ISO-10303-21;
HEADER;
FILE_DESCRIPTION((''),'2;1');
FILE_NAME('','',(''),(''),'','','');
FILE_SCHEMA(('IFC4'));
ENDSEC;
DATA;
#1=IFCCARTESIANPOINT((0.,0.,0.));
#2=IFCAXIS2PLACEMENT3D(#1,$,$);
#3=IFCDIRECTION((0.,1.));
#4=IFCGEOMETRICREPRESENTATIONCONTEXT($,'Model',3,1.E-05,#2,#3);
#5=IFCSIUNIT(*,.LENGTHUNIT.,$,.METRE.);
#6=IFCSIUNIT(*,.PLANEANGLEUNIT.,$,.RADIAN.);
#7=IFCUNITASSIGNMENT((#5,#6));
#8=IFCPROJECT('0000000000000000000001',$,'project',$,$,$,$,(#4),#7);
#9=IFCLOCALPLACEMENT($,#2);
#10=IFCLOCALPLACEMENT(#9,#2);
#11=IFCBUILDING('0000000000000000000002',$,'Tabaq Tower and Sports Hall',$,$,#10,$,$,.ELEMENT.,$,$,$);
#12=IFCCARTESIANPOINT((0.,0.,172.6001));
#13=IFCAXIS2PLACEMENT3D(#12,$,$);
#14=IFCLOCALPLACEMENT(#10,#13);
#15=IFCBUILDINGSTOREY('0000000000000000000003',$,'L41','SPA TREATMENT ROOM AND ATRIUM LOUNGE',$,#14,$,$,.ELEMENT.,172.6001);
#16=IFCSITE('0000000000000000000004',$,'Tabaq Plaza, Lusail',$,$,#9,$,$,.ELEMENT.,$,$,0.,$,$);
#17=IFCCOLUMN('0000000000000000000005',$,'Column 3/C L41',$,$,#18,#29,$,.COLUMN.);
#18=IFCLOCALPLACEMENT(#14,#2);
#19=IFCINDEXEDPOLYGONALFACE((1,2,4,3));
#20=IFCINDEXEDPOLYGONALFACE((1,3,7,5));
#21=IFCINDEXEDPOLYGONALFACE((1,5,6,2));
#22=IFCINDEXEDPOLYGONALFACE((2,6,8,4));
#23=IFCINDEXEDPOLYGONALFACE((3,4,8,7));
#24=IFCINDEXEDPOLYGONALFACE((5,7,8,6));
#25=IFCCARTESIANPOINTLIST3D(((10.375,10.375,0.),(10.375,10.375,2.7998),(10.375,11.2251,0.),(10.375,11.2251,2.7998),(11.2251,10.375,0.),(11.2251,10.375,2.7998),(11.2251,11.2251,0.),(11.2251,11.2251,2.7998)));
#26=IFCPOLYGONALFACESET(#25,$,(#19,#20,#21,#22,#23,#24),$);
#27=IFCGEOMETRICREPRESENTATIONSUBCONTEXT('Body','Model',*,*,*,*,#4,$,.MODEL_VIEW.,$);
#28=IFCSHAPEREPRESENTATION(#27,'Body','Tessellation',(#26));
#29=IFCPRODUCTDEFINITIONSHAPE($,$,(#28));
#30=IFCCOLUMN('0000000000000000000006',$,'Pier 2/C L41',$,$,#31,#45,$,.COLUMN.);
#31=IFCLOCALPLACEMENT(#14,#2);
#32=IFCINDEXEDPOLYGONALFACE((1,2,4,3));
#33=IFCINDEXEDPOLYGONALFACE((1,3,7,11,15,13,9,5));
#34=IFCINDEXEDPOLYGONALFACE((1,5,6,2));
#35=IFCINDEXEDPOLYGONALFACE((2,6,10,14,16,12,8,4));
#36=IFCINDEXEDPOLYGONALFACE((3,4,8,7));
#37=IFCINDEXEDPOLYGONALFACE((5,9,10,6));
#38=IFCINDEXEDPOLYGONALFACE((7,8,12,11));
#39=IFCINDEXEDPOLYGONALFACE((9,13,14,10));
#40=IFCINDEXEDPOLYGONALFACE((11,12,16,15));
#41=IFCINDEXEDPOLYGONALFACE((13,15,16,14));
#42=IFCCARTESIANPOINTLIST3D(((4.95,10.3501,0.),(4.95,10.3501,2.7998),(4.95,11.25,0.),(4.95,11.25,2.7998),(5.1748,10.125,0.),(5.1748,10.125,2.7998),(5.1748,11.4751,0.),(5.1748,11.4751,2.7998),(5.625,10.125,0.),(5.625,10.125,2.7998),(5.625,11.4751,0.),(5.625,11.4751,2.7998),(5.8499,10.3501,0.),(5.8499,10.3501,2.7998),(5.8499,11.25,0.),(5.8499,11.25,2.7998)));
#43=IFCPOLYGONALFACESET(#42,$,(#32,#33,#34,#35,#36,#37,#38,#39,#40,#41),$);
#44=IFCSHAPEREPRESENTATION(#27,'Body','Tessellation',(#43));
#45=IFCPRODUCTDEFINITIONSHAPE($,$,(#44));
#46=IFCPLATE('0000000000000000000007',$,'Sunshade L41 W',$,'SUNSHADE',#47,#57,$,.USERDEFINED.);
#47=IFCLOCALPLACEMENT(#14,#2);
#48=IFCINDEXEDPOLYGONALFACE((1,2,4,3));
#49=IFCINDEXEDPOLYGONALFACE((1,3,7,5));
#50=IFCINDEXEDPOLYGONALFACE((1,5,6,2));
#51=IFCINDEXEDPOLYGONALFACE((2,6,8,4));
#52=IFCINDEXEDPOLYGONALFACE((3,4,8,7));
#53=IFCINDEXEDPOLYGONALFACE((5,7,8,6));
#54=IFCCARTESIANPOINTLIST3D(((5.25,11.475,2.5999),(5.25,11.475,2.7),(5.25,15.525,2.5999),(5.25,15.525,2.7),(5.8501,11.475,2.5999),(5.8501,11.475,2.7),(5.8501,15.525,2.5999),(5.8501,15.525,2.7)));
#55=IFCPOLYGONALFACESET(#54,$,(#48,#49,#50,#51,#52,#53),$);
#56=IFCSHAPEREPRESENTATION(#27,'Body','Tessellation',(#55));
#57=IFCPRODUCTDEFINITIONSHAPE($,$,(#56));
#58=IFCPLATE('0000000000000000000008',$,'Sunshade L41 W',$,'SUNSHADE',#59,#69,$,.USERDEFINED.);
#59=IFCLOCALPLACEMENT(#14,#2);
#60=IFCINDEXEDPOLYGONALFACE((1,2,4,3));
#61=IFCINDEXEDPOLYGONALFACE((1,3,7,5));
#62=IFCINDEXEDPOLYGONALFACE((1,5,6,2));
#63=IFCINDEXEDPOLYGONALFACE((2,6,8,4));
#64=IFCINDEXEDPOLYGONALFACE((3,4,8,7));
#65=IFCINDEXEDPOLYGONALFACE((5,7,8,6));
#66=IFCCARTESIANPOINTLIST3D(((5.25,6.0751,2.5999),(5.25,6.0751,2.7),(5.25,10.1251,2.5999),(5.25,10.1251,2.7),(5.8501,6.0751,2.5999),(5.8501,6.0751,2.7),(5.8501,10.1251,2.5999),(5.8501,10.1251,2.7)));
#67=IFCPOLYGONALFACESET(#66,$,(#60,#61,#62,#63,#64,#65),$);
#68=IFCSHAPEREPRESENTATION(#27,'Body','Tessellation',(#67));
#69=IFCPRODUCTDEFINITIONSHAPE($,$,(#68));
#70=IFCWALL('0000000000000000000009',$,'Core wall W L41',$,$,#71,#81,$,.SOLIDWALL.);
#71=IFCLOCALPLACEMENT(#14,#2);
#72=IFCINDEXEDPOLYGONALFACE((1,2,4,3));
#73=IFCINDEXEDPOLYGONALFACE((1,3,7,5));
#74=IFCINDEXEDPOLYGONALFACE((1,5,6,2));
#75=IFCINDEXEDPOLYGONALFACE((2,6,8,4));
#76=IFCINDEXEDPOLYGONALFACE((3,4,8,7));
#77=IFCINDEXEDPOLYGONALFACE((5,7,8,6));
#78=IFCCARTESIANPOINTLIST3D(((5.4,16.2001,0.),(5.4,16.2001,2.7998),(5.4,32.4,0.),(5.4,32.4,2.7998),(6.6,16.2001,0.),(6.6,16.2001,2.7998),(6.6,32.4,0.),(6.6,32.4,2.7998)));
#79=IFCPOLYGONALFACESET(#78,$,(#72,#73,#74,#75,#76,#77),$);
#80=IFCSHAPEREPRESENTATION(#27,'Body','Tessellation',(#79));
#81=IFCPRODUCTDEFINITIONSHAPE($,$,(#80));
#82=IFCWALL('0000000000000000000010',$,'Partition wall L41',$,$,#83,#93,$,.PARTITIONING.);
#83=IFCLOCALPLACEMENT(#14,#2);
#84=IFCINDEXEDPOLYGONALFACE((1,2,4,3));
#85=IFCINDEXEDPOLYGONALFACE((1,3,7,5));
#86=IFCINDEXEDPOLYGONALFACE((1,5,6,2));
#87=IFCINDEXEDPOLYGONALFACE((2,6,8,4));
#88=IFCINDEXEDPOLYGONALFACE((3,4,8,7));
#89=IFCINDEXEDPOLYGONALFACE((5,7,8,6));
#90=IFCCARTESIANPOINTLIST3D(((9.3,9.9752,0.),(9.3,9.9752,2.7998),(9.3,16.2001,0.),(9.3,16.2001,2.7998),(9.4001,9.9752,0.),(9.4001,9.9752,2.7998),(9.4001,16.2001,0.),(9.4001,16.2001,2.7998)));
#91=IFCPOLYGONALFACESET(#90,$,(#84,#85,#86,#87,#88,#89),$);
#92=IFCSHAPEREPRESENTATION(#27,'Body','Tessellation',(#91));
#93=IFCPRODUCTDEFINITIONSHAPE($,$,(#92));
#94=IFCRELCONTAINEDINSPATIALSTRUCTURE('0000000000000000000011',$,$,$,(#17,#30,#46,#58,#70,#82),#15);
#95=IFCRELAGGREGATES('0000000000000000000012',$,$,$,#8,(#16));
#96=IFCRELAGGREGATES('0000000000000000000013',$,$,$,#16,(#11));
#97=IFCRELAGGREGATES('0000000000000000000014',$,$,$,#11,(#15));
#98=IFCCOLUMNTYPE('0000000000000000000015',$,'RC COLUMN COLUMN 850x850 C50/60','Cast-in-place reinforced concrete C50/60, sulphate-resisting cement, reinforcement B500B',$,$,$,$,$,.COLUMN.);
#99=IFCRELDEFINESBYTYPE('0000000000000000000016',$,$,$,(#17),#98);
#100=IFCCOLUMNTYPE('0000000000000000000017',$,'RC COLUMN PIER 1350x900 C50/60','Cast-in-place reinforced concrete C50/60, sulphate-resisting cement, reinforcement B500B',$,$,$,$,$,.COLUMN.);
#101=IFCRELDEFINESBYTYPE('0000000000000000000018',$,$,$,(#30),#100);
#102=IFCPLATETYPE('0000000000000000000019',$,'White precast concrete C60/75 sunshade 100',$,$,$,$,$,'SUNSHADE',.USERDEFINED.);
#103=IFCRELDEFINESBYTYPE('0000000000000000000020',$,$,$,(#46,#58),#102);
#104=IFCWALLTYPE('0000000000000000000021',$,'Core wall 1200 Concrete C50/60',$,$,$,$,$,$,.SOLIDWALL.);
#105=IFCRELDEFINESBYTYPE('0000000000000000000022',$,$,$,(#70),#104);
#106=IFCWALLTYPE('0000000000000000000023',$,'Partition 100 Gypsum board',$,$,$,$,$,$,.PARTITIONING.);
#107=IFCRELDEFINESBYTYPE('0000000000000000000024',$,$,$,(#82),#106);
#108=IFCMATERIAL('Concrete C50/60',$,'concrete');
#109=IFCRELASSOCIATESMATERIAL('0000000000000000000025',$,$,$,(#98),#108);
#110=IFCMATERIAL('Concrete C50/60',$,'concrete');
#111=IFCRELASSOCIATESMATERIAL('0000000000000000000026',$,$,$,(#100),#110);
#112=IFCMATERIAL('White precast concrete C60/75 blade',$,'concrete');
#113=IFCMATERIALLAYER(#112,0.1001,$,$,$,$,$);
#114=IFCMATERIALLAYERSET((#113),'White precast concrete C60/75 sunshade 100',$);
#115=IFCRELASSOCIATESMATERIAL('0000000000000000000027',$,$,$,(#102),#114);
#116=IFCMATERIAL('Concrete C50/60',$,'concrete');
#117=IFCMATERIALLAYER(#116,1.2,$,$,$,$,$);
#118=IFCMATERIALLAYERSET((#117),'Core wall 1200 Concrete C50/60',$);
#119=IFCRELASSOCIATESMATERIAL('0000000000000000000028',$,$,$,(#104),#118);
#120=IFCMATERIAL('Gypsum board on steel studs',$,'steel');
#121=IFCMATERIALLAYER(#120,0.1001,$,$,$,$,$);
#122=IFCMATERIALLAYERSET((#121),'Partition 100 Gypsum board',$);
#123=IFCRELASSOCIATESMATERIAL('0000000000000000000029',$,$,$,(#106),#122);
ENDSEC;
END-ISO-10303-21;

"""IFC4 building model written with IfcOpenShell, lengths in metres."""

from ifc_helpers import new_model, si_unit, direction, frame, frame_2d, origin, origin_2d, place, context, subcontext, project, spatial, polyline, rectangle, outline, extrude, material, layer, layer_set, material_profile, profile_set, type_object, element, save


model = new_model("IFC4")

# Units and contexts
model_context = context("Model", 3, precision=1e-05, world=origin(), true_north=direction((0.0, 1.0)))
body_context = subcontext(model_context, "Body", "Model", "MODEL_VIEW")
ifc_project = project(units=[si_unit("LENGTHUNIT", "METRE"), si_unit("PLANEANGLEUNIT", "RADIAN")], contexts=[model_context])

# Site, building, storey
site_placement = place(None, origin())
site = spatial("IfcSite", under=ifc_project, at=site_placement, Name="Tabaq Plaza, Lusail", CompositionType="ELEMENT", RefElevation=0.0)
building_placement = place(site_placement, origin())
building = spatial("IfcBuilding", under=site, at=building_placement, Name="Tabaq Tower and Sports Hall", CompositionType="ELEMENT")
storey_placement = place(building_placement, frame((0.0, 0.0, 172.6001)))
storey = spatial("IfcBuildingStorey", under=building, at=storey_placement, Name="L41", Description="SPA TREATMENT ROOM AND ATRIUM LOUNGE", CompositionType="ELEMENT", Elevation=172.6001)

# Columns
ifc_material_1 = material(Name="Concrete C50/60", Category="concrete")
ifc_material_profile_1 = material_profile(ifc_material_1, rectangle(XDim=0.8501, YDim=0.8501, at=origin_2d()), Name="COLUMN 850x850")
ifc_profile_set_1 = profile_set([ifc_material_profile_1], Name="Concrete C50/60")
column_type_1 = type_object("IfcColumnType", Name="RC COLUMN COLUMN 850x850 C50/60", Description="Cast-in-place reinforced concrete C50/60, sulphate-resisting cement, reinforcement B500B", PredefinedType="COLUMN", material=ifc_profile_set_1)
column_1_placement = place(storey_placement, frame((10.8, 10.8, 0.0), z_axis=(0.0, 0.0, 1.0), x_axis=(1.0, 0.0, 0.0)))
element("IfcColumn", 1, at=column_1_placement, inside=storey, type_object=column_type_1, Name="Column 3/C L41", PredefinedType="COLUMN", context=body_context, shape_type="SweptSolid", body=[
    extrude(rectangle(XDim=0.8501, YDim=0.8501, at=origin_2d()), origin(), (0.0, 0.0, 1.0), 2.7998),
])
ifc_material_2 = material(Name="Concrete C50/60", Category="concrete")
ifc_material_profile_2 = material_profile(ifc_material_2, outline(polyline([(-0.45, -0.45), (0.45, -0.45), (0.675, -0.2251), (0.675, 0.2251), (0.45, 0.45), (-0.45, 0.45), (-0.675, 0.2251), (-0.675, -0.2251), (-0.45, -0.45)])), Name="PIER 1350x900")
ifc_profile_set_2 = profile_set([ifc_material_profile_2], Name="Concrete C50/60")
column_type_2 = type_object("IfcColumnType", Name="RC COLUMN PIER 1350x900 C50/60", Description="Cast-in-place reinforced concrete C50/60, sulphate-resisting cement, reinforcement B500B", PredefinedType="COLUMN", material=ifc_profile_set_2)
column_2_placement = place(storey_placement, frame((5.3999, 10.8, 0.0), z_axis=(0.0, 0.0, 1.0), x_axis=(0.0, 1.0, 0.0)))
element("IfcColumn", 2, at=column_2_placement, inside=storey, type_object=column_type_2, Name="Pier 2/C L41", PredefinedType="COLUMN", context=body_context, shape_type="SweptSolid", body=[
    extrude(outline(polyline([(-0.45, -0.45), (0.45, -0.45), (0.675, -0.2251), (0.675, 0.2251), (0.45, 0.45), (-0.45, 0.45), (-0.675, 0.2251), (-0.675, -0.2251), (-0.45, -0.45)])), origin(), (0.0, 0.0, 1.0), 2.7998),
])

# Plates
ifc_material_3 = material(Name="White precast concrete C60/75 blade", Category="concrete")
ifc_layer_1 = layer(ifc_material_3, 0.1001)
ifc_layer_set_1 = layer_set([ifc_layer_1], Name="White precast concrete C60/75 sunshade 100")
plate_type = type_object("IfcPlateType", Name="White precast concrete C60/75 sunshade 100", ElementType="SUNSHADE", PredefinedType="USERDEFINED", material=ifc_layer_set_1)
for number, where, z_axis, x_axis, name in (
    (3, (5.55, 13.5, 2.5999), (0.0, 0.0, 1.0), (0.0, -1.0, 0.0), "Sunshade L41 W"),
    (4, (5.55, 8.1001, 2.5999), (0.0, 0.0, 1.0), (0.0, -1.0, 0.0), "Sunshade L41 W"),
):
    element("IfcPlate", number, at=place(storey_placement, frame(where, z_axis=z_axis, x_axis=x_axis)), inside=storey, type_object=plate_type, Name=name, ObjectType="SUNSHADE", PredefinedType="USERDEFINED", context=body_context, shape_type="SweptSolid", body=[
        extrude(rectangle(XDim=4.05, YDim=0.6001, at=origin_2d()), origin(), (0.0, 0.0, 1.0), 0.1001),
    ])

# Walls
ifc_material_4 = material(Name="Concrete C50/60", Category="concrete")
ifc_layer_2 = layer(ifc_material_4, 1.2)
ifc_layer_set_2 = layer_set([ifc_layer_2], Name="Core wall 1200 Concrete C50/60")
wall_type_1 = type_object("IfcWallType", Name="Core wall 1200 Concrete C50/60", PredefinedType="SOLIDWALL", material=ifc_layer_set_2)
wall_1_placement = place(storey_placement, frame((6.0, 16.2, 0.0), z_axis=(0.0, 0.0, 1.0), x_axis=(0.0, 1.0, 0.0)))
element("IfcWall", 5, at=wall_1_placement, inside=storey, type_object=wall_type_1, Name="Core wall W L41", PredefinedType="SOLIDWALL", context=body_context, shape_type="SweptSolid", body=[
    extrude(rectangle(XDim=16.2, YDim=1.2, at=frame_2d((8.1001, 0.0))), origin(), (0.0, 0.0, 1.0), 2.7998),
])
ifc_material_5 = material(Name="Gypsum board on steel studs", Category="steel")
ifc_layer_3 = layer(ifc_material_5, 0.1001)
ifc_layer_set_3 = layer_set([ifc_layer_3], Name="Partition 100 Gypsum board")
wall_type_2 = type_object("IfcWallType", Name="Partition 100 Gypsum board", PredefinedType="PARTITIONING", material=ifc_layer_set_3)
wall_2_placement = place(storey_placement, frame((9.3501, 16.2, 0.0), z_axis=(0.0, 0.0, 1.0), x_axis=(0.0, -1.0, 0.0)))
element("IfcWall", 6, at=wall_2_placement, inside=storey, type_object=wall_type_2, Name="Partition wall L41", PredefinedType="PARTITIONING", context=body_context, shape_type="SweptSolid", body=[
    extrude(rectangle(XDim=6.2249, YDim=0.1001, at=frame_2d((3.1123, 0.0))), origin(), (0.0, 0.0, 1.0), 2.7998),
])

save(model, "model.ifc")
